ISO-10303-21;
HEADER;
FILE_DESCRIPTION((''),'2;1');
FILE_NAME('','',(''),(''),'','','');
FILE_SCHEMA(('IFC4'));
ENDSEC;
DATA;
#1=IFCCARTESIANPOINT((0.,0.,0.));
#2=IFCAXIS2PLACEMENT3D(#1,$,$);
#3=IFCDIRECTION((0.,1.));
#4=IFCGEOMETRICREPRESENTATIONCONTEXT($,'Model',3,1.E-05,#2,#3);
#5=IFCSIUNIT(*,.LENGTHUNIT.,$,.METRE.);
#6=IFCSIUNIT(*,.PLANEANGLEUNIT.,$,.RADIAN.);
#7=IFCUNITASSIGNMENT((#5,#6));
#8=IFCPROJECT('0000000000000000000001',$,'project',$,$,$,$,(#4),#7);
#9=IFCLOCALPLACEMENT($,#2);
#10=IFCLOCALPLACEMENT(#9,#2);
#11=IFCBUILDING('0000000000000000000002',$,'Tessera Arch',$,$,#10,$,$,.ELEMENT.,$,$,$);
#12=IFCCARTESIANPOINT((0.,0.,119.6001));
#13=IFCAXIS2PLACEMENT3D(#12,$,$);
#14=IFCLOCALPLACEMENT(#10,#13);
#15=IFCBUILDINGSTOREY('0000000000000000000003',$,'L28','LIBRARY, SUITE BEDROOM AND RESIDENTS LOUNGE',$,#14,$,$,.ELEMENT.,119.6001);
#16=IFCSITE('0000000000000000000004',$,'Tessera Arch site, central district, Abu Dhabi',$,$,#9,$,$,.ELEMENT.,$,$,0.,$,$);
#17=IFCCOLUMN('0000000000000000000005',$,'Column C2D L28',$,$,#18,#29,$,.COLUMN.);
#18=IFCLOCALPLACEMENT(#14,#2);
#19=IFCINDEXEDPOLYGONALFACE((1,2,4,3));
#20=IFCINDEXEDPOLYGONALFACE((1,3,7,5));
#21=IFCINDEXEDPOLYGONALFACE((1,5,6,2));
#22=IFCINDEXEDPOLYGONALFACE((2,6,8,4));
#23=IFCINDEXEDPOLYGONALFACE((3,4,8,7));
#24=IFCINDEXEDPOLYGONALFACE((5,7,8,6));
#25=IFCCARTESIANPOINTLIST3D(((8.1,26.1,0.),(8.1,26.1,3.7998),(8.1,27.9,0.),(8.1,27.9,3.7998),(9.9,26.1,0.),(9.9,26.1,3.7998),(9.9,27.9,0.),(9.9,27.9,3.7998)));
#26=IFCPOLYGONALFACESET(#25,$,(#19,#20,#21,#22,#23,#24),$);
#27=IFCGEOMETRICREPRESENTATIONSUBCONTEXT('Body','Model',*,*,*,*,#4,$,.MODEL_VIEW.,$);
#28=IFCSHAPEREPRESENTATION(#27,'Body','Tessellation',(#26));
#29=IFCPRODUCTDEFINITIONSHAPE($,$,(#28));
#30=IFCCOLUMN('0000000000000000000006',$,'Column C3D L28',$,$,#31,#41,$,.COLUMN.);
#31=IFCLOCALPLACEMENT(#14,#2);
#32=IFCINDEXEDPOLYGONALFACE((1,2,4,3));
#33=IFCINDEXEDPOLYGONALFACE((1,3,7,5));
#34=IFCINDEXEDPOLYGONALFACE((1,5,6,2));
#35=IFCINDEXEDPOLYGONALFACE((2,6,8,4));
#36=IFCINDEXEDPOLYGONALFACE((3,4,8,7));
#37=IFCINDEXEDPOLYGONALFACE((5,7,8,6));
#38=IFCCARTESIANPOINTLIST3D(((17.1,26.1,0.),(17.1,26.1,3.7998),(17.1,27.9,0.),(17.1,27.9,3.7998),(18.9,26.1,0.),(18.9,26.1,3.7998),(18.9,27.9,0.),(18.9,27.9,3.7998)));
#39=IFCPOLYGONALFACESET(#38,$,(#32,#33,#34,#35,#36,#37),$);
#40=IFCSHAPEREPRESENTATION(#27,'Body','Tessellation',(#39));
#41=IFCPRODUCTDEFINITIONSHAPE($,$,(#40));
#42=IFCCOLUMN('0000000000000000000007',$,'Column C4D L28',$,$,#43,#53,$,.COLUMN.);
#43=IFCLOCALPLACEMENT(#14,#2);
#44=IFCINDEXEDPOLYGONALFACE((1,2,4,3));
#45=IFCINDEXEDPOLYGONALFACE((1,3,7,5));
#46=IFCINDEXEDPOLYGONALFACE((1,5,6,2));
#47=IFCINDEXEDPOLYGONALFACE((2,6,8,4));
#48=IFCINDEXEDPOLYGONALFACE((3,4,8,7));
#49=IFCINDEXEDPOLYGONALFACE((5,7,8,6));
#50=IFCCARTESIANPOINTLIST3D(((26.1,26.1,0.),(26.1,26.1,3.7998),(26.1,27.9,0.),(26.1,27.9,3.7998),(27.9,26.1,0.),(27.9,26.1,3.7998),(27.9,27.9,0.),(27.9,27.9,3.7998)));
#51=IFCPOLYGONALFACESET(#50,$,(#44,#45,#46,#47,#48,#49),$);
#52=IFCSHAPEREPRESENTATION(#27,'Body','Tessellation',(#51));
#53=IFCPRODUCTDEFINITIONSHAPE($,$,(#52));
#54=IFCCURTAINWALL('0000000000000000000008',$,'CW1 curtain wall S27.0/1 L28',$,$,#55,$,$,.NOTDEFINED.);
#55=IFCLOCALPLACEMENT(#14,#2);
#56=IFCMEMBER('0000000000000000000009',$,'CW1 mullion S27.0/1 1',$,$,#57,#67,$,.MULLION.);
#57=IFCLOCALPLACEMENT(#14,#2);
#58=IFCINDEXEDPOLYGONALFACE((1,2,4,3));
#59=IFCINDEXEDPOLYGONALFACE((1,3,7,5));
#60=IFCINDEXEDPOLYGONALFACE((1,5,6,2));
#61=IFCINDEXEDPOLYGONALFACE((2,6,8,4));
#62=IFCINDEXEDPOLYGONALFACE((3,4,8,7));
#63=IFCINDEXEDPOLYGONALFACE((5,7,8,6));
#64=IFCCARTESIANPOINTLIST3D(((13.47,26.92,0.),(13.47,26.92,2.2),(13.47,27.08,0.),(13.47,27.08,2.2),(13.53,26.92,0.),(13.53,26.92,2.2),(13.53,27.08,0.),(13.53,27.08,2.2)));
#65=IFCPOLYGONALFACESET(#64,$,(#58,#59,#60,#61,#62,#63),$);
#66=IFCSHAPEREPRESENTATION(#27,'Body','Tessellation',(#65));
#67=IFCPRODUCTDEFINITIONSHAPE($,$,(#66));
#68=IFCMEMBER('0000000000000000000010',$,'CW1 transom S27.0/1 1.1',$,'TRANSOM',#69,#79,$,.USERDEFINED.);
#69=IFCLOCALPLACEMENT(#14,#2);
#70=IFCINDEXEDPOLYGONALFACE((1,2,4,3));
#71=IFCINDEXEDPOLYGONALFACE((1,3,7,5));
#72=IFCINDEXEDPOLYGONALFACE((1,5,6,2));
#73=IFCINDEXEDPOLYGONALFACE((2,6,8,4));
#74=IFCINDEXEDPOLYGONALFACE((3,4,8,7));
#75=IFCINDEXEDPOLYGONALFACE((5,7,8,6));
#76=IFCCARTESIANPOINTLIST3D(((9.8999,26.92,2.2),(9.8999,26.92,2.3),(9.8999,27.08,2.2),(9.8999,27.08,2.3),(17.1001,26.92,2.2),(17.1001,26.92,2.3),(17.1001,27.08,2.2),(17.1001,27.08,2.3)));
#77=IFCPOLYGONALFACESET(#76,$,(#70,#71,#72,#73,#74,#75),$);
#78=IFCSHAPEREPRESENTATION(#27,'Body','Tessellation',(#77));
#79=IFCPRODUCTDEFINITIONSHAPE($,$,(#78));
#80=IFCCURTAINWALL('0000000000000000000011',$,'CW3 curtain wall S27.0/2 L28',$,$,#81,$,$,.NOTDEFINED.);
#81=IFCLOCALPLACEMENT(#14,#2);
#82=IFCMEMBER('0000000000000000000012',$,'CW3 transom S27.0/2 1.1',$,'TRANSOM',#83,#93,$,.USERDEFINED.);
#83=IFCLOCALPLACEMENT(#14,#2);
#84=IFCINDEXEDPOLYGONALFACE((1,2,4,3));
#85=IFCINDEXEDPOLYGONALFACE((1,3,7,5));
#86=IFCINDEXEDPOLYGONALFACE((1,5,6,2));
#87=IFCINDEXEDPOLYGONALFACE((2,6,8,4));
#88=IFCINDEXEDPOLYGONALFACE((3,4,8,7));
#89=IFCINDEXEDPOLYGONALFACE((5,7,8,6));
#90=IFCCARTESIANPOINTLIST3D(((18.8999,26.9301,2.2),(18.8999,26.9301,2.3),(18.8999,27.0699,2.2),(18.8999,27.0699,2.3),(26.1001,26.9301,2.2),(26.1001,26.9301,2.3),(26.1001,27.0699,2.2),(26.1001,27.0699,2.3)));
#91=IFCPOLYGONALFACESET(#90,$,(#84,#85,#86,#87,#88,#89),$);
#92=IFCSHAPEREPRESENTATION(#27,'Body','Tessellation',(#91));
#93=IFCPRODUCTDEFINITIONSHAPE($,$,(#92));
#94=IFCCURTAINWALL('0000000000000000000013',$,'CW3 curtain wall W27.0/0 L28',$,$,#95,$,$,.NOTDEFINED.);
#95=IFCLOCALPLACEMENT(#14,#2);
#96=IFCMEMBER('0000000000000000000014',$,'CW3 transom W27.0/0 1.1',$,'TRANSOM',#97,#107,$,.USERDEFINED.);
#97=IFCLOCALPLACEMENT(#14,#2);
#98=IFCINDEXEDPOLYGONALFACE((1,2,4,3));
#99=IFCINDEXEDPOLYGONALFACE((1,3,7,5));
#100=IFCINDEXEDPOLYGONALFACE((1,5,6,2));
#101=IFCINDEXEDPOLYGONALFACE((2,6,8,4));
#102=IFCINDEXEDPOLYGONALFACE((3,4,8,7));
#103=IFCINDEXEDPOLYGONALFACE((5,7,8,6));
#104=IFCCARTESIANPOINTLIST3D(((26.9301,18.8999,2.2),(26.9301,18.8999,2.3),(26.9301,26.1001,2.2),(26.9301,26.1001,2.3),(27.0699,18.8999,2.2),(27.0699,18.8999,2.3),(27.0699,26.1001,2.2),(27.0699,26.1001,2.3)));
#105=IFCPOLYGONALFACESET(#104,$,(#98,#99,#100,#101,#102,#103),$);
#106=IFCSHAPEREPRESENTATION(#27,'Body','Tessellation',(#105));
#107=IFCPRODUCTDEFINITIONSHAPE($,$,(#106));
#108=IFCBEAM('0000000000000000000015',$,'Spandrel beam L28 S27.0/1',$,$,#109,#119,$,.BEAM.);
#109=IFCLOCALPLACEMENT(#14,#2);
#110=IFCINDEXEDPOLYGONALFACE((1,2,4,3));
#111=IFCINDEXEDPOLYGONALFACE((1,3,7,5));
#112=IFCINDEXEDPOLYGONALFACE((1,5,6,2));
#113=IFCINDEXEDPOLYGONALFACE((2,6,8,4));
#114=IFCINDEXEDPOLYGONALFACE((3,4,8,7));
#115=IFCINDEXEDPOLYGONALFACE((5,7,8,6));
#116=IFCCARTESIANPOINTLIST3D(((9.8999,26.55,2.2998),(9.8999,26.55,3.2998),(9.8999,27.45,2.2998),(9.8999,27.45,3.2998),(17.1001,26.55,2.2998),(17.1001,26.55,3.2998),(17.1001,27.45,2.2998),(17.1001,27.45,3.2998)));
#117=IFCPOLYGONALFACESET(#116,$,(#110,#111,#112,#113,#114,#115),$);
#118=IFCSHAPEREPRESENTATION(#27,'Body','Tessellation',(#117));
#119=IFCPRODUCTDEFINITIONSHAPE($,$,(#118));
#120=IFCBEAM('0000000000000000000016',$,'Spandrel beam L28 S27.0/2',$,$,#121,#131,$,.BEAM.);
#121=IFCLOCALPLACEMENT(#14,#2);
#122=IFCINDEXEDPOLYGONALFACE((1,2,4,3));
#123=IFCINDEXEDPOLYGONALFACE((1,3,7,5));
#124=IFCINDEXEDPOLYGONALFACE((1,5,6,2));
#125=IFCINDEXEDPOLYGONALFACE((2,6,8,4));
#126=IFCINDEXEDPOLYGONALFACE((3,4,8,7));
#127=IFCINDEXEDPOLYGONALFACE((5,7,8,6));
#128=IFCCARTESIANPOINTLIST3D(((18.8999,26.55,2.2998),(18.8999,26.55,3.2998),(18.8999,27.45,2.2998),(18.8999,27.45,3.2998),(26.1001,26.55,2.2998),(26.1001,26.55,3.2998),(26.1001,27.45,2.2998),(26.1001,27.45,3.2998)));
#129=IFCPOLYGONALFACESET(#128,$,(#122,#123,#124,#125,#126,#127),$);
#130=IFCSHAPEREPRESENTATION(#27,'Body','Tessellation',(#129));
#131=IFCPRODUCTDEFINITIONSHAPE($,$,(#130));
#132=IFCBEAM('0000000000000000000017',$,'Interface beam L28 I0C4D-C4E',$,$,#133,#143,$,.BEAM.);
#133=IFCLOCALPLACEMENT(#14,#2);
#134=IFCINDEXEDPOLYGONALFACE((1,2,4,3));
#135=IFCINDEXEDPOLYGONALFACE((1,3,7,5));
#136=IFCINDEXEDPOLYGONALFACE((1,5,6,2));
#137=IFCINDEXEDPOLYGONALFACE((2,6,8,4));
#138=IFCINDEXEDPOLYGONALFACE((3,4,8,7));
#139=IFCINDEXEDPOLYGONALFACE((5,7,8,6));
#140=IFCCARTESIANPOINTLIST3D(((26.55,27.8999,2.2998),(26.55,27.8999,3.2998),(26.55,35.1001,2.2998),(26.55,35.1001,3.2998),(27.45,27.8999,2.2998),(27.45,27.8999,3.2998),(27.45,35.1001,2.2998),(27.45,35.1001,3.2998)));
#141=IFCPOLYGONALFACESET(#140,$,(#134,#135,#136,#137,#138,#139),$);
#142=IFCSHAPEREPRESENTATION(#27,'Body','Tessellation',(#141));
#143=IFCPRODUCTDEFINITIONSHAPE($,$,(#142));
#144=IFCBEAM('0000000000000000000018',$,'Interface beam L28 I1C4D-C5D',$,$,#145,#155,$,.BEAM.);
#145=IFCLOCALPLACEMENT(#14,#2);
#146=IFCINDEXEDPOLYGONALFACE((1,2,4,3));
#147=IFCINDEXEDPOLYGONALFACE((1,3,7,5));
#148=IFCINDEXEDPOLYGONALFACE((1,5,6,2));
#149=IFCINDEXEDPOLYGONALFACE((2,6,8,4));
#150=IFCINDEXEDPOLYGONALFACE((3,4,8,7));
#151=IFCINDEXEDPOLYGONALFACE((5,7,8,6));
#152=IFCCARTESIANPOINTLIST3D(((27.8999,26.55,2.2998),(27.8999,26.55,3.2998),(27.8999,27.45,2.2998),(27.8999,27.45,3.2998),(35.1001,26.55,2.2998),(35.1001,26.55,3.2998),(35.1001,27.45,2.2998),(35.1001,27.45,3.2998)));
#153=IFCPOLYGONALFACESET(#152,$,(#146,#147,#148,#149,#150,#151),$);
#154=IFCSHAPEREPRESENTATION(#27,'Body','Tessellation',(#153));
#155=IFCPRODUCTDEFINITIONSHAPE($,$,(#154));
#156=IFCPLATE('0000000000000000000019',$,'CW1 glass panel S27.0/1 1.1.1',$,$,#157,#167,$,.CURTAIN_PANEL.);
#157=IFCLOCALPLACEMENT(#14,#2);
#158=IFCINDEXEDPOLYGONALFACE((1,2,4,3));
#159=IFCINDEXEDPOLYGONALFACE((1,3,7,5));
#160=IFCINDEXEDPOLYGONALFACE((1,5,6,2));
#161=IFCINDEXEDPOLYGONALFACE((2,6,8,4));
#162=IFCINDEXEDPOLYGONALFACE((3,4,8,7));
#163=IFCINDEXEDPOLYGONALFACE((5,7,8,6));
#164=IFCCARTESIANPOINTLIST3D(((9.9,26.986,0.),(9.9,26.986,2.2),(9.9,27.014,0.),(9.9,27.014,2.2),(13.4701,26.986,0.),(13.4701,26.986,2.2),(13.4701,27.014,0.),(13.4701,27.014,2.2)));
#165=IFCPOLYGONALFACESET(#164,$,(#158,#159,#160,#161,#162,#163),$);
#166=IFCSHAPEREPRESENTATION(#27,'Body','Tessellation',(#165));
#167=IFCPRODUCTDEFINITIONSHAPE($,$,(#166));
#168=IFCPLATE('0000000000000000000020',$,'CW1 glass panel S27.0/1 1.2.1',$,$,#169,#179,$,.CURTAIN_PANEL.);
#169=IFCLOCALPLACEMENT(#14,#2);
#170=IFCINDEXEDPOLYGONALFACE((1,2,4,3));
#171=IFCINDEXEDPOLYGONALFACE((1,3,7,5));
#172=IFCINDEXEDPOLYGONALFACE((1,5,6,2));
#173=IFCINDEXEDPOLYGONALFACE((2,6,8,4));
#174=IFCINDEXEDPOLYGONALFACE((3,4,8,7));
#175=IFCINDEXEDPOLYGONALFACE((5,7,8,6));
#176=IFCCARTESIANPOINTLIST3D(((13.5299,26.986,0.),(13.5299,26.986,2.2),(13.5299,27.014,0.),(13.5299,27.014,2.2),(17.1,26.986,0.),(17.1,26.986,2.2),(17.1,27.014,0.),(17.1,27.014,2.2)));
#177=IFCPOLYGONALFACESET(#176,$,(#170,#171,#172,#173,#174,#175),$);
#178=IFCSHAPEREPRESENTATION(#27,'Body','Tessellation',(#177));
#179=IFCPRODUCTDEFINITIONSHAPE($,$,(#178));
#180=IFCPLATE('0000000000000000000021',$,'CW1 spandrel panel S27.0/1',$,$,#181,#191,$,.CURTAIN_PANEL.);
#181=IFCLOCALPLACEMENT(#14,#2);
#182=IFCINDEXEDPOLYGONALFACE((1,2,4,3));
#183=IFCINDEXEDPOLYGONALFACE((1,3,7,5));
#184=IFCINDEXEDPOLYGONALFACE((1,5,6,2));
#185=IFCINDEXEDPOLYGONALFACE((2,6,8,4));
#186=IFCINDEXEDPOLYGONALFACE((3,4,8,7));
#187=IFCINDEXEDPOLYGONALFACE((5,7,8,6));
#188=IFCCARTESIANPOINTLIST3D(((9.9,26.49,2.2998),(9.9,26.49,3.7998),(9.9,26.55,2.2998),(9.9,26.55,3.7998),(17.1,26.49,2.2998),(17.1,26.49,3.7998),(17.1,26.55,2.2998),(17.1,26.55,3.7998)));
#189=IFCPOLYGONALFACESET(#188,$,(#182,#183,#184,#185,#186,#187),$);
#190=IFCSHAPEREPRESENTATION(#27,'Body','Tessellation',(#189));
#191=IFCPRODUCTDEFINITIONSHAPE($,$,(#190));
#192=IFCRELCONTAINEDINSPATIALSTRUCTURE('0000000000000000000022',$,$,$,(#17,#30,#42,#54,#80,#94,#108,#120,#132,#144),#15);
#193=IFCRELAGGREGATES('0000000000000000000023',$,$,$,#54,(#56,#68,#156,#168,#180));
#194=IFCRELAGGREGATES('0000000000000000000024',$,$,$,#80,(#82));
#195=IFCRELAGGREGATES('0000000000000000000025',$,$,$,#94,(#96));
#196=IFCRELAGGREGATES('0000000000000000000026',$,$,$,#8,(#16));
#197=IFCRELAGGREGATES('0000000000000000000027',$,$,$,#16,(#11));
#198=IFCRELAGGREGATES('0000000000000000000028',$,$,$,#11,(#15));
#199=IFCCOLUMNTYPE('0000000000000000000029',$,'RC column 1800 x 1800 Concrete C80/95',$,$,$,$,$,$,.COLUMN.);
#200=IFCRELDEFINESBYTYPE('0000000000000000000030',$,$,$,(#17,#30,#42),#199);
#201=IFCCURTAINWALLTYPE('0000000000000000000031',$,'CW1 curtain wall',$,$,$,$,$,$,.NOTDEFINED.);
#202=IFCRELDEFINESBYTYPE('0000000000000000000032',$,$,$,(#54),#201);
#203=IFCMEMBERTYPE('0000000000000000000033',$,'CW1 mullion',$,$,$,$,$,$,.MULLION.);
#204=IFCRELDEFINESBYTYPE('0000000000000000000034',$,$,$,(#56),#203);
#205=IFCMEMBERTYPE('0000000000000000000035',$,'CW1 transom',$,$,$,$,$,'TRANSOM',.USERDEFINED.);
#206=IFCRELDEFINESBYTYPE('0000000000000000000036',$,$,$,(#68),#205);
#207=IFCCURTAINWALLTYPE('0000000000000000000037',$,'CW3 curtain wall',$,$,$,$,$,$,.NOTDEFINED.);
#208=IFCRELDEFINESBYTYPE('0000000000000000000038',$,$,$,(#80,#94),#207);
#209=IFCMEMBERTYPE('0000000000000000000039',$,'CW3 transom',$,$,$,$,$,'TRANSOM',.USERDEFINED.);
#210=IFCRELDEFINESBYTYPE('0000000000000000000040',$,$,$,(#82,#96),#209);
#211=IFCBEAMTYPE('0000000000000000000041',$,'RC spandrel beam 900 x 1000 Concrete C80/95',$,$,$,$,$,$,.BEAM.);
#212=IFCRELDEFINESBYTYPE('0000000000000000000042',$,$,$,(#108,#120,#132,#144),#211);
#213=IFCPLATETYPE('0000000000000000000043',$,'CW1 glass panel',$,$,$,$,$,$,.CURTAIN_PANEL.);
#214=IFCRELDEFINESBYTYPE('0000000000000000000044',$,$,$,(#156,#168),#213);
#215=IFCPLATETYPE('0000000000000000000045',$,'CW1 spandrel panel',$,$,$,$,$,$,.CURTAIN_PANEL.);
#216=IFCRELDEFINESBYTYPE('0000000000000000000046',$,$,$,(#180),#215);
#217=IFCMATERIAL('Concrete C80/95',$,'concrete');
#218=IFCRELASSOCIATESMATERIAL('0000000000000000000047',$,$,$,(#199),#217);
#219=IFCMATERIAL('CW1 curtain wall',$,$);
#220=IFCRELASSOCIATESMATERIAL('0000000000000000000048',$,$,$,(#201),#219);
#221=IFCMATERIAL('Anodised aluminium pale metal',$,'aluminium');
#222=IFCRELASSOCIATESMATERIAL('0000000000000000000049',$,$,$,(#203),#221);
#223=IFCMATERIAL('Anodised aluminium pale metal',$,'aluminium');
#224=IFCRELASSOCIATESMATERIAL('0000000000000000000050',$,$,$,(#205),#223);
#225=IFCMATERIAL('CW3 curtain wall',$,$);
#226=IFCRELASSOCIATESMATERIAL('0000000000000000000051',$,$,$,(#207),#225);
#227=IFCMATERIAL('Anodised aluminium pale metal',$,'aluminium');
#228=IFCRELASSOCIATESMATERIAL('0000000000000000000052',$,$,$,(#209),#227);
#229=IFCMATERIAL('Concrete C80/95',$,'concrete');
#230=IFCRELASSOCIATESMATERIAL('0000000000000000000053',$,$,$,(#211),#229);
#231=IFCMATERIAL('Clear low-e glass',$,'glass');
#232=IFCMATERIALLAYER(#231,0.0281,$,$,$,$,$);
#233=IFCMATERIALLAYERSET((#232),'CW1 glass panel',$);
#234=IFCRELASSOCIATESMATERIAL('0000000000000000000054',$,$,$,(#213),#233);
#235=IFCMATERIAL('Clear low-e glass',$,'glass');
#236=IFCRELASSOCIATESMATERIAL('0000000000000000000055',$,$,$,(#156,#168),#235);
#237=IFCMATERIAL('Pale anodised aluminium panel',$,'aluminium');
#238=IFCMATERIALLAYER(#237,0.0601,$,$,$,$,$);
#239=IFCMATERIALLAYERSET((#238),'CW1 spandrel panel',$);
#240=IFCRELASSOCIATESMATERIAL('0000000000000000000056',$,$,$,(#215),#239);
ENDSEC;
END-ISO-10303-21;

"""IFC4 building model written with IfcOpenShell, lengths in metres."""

from ifc_helpers import new_model, si_unit, direction, frame, origin, origin_2d, place, context, subcontext, project, spatial, rectangle, extrude, material, layer, layer_set, material_profile, profile_set, type_object, element, aggregate, save


model = new_model("IFC4")

# Units and contexts
model_context = context("Model", 3, precision=1e-05, world=origin(), true_north=direction((0.0, 1.0)))
body_context = subcontext(model_context, "Body", "Model", "MODEL_VIEW")
ifc_project = project(units=[si_unit("LENGTHUNIT", "METRE"), si_unit("PLANEANGLEUNIT", "RADIAN")], contexts=[model_context])

# Site, building, storey
site_placement = place(None, origin())
site = spatial("IfcSite", under=ifc_project, at=site_placement, Name="Tessera Arch site, central district, Abu Dhabi", CompositionType="ELEMENT", RefElevation=0.0)
building_placement = place(site_placement, origin())
building = spatial("IfcBuilding", under=site, at=building_placement, Name="Tessera Arch", CompositionType="ELEMENT")
storey_placement = place(building_placement, frame((0.0, 0.0, 119.6001)))
storey = spatial("IfcBuildingStorey", under=building, at=storey_placement, Name="L28", Description="LIBRARY, SUITE BEDROOM AND RESIDENTS LOUNGE", CompositionType="ELEMENT", Elevation=119.6001)

# Columns
ifc_material_1 = material(Name="Concrete C80/95", Category="concrete")
ifc_material_profile_1 = material_profile(ifc_material_1, rectangle(XDim=1.8, YDim=1.8, at=origin_2d()), Name="RC column 1800 x 1800 Concrete C80/95")
ifc_profile_set_1 = profile_set([ifc_material_profile_1], Name="Concrete C80/95")
column_type = type_object("IfcColumnType", Name="RC column 1800 x 1800 Concrete C80/95", PredefinedType="COLUMN", material=ifc_profile_set_1)
for number, where, z_axis, x_axis, name in (
    (1, (9.0, 27.0, 0.0), (0.0, 0.0, 1.0), (1.0, 0.0, 0.0), "Column C2D L28"),
    (2, (18.0, 27.0, 0.0), (0.0, 0.0, 1.0), (1.0, 0.0, 0.0), "Column C3D L28"),
    (3, (27.0, 27.0, 0.0), (0.0, 0.0, 1.0), (1.0, 0.0, 0.0), "Column C4D L28"),
):
    element("IfcColumn", number, at=place(storey_placement, frame(where, z_axis=z_axis, x_axis=x_axis)), inside=storey, type_object=column_type, Name=name, PredefinedType="COLUMN", context=body_context, shape_type="SweptSolid", body=[
        extrude(rectangle(XDim=1.8, YDim=1.8, at=origin_2d()), origin(), (0.0, 0.0, 1.0), 3.7998),
    ])

# Curtain wall, members
ifc_material_2 = material(Name="CW1 curtain wall")
curtain_wall_type_1 = type_object("IfcCurtainWallType", Name="CW1 curtain wall", PredefinedType="NOTDEFINED", material=ifc_material_2)
curtain_wall_1_placement = place(storey_placement, origin())
curtain_wall_1 = element("IfcCurtainWall", 4, at=curtain_wall_1_placement, inside=storey, type_object=curtain_wall_type_1, Name="CW1 curtain wall S27.0/1 L28", PredefinedType="NOTDEFINED")
ifc_material_3 = material(Name="Anodised aluminium pale metal", Category="aluminium")
ifc_material_profile_2 = material_profile(ifc_material_3, rectangle(XDim=0.1599, YDim=0.0601, at=origin_2d()), Name="AL 60x160")
ifc_profile_set_2 = profile_set([ifc_material_profile_2], Name="Anodised aluminium pale metal")
member_type_1 = type_object("IfcMemberType", Name="CW1 mullion", PredefinedType="MULLION", material=ifc_profile_set_2)
member_1_placement = place(storey_placement, frame((13.5, 27.0, 0.0), z_axis=(0.0, 0.0, 1.0), x_axis=(0.0, 1.0, 0.0)))
member_1 = element("IfcMember", 5, at=member_1_placement, type_object=member_type_1, Name="CW1 mullion S27.0/1 1", PredefinedType="MULLION", context=body_context, shape_type="SweptSolid", body=[
    extrude(rectangle(XDim=0.1599, YDim=0.0601, at=origin_2d()), origin(), (0.0, 0.0, 1.0), 2.2),
])
ifc_material_4 = material(Name="Anodised aluminium pale metal", Category="aluminium")
ifc_material_profile_3 = material_profile(ifc_material_4, rectangle(XDim=0.1599, YDim=0.1001, at=origin_2d()), Name="AL 160x100")
ifc_profile_set_3 = profile_set([ifc_material_profile_3], Name="Anodised aluminium pale metal")
member_type_2 = type_object("IfcMemberType", Name="CW1 transom", ElementType="TRANSOM", PredefinedType="USERDEFINED", material=ifc_profile_set_3)
member_2_placement = place(storey_placement, frame((9.8999, 27.0, 2.25), z_axis=(1.0, 0.0, 0.0), x_axis=(0.0, 1.0, 0.0)))
member_2 = element("IfcMember", 6, at=member_2_placement, type_object=member_type_2, Name="CW1 transom S27.0/1 1.1", ObjectType="TRANSOM", PredefinedType="USERDEFINED", context=body_context, shape_type="SweptSolid", body=[
    extrude(rectangle(XDim=0.1599, YDim=0.1001, at=origin_2d()), origin(), (0.0, 0.0, 1.0), 7.2002),
])

# Curtain walls, members
ifc_material_5 = material(Name="CW3 curtain wall")
curtain_wall_type_2 = type_object("IfcCurtainWallType", Name="CW3 curtain wall", PredefinedType="NOTDEFINED", material=ifc_material_5)
curtain_wall_2_placement = place(storey_placement, origin())
curtain_wall_2 = element("IfcCurtainWall", 7, at=curtain_wall_2_placement, inside=storey, type_object=curtain_wall_type_2, Name="CW3 curtain wall S27.0/2 L28", PredefinedType="NOTDEFINED")
ifc_material_6 = material(Name="Anodised aluminium pale metal", Category="aluminium")
ifc_material_profile_4 = material_profile(ifc_material_6, rectangle(XDim=0.1399, YDim=0.1001, at=origin_2d()), Name="AL 140x100")
ifc_profile_set_4 = profile_set([ifc_material_profile_4], Name="Anodised aluminium pale metal")
member_type_3 = type_object("IfcMemberType", Name="CW3 transom", ElementType="TRANSOM", PredefinedType="USERDEFINED", material=ifc_profile_set_4)
member_3_placement = place(storey_placement, frame((18.8999, 27.0, 2.25), z_axis=(1.0, 0.0, 0.0), x_axis=(0.0, 1.0, 0.0)))
member_3 = element("IfcMember", 8, at=member_3_placement, type_object=member_type_3, Name="CW3 transom S27.0/2 1.1", ObjectType="TRANSOM", PredefinedType="USERDEFINED", context=body_context, shape_type="SweptSolid", body=[
    extrude(rectangle(XDim=0.1399, YDim=0.1001, at=origin_2d()), origin(), (0.0, 0.0, 1.0), 7.2002),
])
curtain_wall_3_placement = place(storey_placement, origin())
curtain_wall_3 = element("IfcCurtainWall", 9, at=curtain_wall_3_placement, inside=storey, type_object=curtain_wall_type_2, Name="CW3 curtain wall W27.0/0 L28", PredefinedType="NOTDEFINED")
member_4_placement = place(storey_placement, frame((27.0, 26.1001, 2.25), z_axis=(0.0, -1.0, 0.0), x_axis=(1.0, 0.0, 0.0)))
member_4 = element("IfcMember", 10, at=member_4_placement, type_object=member_type_3, Name="CW3 transom W27.0/0 1.1", ObjectType="TRANSOM", PredefinedType="USERDEFINED", context=body_context, shape_type="SweptSolid", body=[
    extrude(rectangle(XDim=0.1399, YDim=0.1001, at=origin_2d()), origin(), (0.0, 0.0, 1.0), 7.2002),
])

# Beams
ifc_material_7 = material(Name="Concrete C80/95", Category="concrete")
ifc_material_profile_5 = material_profile(ifc_material_7, rectangle(XDim=0.8999, YDim=1.0, at=origin_2d()), Name="RC spandrel beam 900 x 1000 Concrete C80/95")
ifc_profile_set_5 = profile_set([ifc_material_profile_5], Name="Concrete C80/95")
beam_type = type_object("IfcBeamType", Name="RC spandrel beam 900 x 1000 Concrete C80/95", PredefinedType="BEAM", material=ifc_profile_set_5)
for number, where, z_axis, x_axis, name in (
    (11, (9.8999, 27.0, 2.7998), (1.0, 0.0, 0.0), (0.0, 1.0, 0.0), "Spandrel beam L28 S27.0/1"),
    (12, (18.8999, 27.0, 2.7998), (1.0, 0.0, 0.0), (0.0, 1.0, 0.0), "Spandrel beam L28 S27.0/2"),
    (13, (27.0, 27.8999, 2.7998), (0.0, 1.0, 0.0), (-1.0, 0.0, 0.0), "Interface beam L28 I0C4D-C4E"),
    (14, (27.8999, 27.0, 2.7998), (1.0, 0.0, 0.0), (0.0, 1.0, 0.0), "Interface beam L28 I1C4D-C5D"),
):
    element("IfcBeam", number, at=place(storey_placement, frame(where, z_axis=z_axis, x_axis=x_axis)), inside=storey, type_object=beam_type, Name=name, PredefinedType="BEAM", context=body_context, shape_type="SweptSolid", body=[
        extrude(rectangle(XDim=0.8999, YDim=1.0, at=origin_2d()), origin(), (0.0, 0.0, 1.0), 7.2002),
    ])

# Plates
ifc_material_8 = material(Name="Clear low-e glass", Category="glass")
ifc_material_9 = material(Name="Clear low-e glass", Category="glass")
ifc_layer_1 = layer(ifc_material_9, 0.0281)
ifc_layer_set_1 = layer_set([ifc_layer_1], Name="CW1 glass panel")
plate_type_1 = type_object("IfcPlateType", Name="CW1 glass panel", PredefinedType="CURTAIN_PANEL", material=ifc_layer_set_1)
plate_1_placement = place(storey_placement, frame((11.6851, 27.0, 0.0), z_axis=(0.0, 0.0, 1.0), x_axis=(1.0, 0.0, 0.0)))
plate_1 = element("IfcPlate", 15, at=plate_1_placement, type_object=plate_type_1, material=ifc_material_8, Name="CW1 glass panel S27.0/1 1.1.1", PredefinedType="CURTAIN_PANEL", context=body_context, shape_type="SweptSolid", body=[
    extrude(rectangle(XDim=3.5701, YDim=0.0281, at=origin_2d()), origin(), (0.0, 0.0, 1.0), 2.2),
])
plate_2_placement = place(storey_placement, frame((15.3149, 27.0, 0.0), z_axis=(0.0, 0.0, 1.0), x_axis=(1.0, 0.0, 0.0)))
plate_2 = element("IfcPlate", 16, at=plate_2_placement, type_object=plate_type_1, material=ifc_material_8, Name="CW1 glass panel S27.0/1 1.2.1", PredefinedType="CURTAIN_PANEL", context=body_context, shape_type="SweptSolid", body=[
    extrude(rectangle(XDim=3.5701, YDim=0.0281, at=origin_2d()), origin(), (0.0, 0.0, 1.0), 2.2),
])
ifc_material_10 = material(Name="Pale anodised aluminium panel", Category="aluminium")
ifc_layer_2 = layer(ifc_material_10, 0.0601)
ifc_layer_set_2 = layer_set([ifc_layer_2], Name="CW1 spandrel panel")
plate_type_2 = type_object("IfcPlateType", Name="CW1 spandrel panel", PredefinedType="CURTAIN_PANEL", material=ifc_layer_set_2)
plate_3_placement = place(storey_placement, frame((13.5, 26.52, 2.2998), z_axis=(0.0, 0.0, 1.0), x_axis=(1.0, 0.0, 0.0)))
plate_3 = element("IfcPlate", 17, at=plate_3_placement, type_object=plate_type_2, Name="CW1 spandrel panel S27.0/1", PredefinedType="CURTAIN_PANEL", context=body_context, shape_type="SweptSolid", body=[
    extrude(rectangle(XDim=7.2, YDim=0.0601, at=origin_2d()), origin(), (0.0, 0.0, 1.0), 1.5),
])
aggregate(curtain_wall_1, [member_1, member_2, plate_1, plate_2, plate_3])

aggregate(curtain_wall_2, [member_3])
aggregate(curtain_wall_3, [member_4])

save(model, "model.ifc")
